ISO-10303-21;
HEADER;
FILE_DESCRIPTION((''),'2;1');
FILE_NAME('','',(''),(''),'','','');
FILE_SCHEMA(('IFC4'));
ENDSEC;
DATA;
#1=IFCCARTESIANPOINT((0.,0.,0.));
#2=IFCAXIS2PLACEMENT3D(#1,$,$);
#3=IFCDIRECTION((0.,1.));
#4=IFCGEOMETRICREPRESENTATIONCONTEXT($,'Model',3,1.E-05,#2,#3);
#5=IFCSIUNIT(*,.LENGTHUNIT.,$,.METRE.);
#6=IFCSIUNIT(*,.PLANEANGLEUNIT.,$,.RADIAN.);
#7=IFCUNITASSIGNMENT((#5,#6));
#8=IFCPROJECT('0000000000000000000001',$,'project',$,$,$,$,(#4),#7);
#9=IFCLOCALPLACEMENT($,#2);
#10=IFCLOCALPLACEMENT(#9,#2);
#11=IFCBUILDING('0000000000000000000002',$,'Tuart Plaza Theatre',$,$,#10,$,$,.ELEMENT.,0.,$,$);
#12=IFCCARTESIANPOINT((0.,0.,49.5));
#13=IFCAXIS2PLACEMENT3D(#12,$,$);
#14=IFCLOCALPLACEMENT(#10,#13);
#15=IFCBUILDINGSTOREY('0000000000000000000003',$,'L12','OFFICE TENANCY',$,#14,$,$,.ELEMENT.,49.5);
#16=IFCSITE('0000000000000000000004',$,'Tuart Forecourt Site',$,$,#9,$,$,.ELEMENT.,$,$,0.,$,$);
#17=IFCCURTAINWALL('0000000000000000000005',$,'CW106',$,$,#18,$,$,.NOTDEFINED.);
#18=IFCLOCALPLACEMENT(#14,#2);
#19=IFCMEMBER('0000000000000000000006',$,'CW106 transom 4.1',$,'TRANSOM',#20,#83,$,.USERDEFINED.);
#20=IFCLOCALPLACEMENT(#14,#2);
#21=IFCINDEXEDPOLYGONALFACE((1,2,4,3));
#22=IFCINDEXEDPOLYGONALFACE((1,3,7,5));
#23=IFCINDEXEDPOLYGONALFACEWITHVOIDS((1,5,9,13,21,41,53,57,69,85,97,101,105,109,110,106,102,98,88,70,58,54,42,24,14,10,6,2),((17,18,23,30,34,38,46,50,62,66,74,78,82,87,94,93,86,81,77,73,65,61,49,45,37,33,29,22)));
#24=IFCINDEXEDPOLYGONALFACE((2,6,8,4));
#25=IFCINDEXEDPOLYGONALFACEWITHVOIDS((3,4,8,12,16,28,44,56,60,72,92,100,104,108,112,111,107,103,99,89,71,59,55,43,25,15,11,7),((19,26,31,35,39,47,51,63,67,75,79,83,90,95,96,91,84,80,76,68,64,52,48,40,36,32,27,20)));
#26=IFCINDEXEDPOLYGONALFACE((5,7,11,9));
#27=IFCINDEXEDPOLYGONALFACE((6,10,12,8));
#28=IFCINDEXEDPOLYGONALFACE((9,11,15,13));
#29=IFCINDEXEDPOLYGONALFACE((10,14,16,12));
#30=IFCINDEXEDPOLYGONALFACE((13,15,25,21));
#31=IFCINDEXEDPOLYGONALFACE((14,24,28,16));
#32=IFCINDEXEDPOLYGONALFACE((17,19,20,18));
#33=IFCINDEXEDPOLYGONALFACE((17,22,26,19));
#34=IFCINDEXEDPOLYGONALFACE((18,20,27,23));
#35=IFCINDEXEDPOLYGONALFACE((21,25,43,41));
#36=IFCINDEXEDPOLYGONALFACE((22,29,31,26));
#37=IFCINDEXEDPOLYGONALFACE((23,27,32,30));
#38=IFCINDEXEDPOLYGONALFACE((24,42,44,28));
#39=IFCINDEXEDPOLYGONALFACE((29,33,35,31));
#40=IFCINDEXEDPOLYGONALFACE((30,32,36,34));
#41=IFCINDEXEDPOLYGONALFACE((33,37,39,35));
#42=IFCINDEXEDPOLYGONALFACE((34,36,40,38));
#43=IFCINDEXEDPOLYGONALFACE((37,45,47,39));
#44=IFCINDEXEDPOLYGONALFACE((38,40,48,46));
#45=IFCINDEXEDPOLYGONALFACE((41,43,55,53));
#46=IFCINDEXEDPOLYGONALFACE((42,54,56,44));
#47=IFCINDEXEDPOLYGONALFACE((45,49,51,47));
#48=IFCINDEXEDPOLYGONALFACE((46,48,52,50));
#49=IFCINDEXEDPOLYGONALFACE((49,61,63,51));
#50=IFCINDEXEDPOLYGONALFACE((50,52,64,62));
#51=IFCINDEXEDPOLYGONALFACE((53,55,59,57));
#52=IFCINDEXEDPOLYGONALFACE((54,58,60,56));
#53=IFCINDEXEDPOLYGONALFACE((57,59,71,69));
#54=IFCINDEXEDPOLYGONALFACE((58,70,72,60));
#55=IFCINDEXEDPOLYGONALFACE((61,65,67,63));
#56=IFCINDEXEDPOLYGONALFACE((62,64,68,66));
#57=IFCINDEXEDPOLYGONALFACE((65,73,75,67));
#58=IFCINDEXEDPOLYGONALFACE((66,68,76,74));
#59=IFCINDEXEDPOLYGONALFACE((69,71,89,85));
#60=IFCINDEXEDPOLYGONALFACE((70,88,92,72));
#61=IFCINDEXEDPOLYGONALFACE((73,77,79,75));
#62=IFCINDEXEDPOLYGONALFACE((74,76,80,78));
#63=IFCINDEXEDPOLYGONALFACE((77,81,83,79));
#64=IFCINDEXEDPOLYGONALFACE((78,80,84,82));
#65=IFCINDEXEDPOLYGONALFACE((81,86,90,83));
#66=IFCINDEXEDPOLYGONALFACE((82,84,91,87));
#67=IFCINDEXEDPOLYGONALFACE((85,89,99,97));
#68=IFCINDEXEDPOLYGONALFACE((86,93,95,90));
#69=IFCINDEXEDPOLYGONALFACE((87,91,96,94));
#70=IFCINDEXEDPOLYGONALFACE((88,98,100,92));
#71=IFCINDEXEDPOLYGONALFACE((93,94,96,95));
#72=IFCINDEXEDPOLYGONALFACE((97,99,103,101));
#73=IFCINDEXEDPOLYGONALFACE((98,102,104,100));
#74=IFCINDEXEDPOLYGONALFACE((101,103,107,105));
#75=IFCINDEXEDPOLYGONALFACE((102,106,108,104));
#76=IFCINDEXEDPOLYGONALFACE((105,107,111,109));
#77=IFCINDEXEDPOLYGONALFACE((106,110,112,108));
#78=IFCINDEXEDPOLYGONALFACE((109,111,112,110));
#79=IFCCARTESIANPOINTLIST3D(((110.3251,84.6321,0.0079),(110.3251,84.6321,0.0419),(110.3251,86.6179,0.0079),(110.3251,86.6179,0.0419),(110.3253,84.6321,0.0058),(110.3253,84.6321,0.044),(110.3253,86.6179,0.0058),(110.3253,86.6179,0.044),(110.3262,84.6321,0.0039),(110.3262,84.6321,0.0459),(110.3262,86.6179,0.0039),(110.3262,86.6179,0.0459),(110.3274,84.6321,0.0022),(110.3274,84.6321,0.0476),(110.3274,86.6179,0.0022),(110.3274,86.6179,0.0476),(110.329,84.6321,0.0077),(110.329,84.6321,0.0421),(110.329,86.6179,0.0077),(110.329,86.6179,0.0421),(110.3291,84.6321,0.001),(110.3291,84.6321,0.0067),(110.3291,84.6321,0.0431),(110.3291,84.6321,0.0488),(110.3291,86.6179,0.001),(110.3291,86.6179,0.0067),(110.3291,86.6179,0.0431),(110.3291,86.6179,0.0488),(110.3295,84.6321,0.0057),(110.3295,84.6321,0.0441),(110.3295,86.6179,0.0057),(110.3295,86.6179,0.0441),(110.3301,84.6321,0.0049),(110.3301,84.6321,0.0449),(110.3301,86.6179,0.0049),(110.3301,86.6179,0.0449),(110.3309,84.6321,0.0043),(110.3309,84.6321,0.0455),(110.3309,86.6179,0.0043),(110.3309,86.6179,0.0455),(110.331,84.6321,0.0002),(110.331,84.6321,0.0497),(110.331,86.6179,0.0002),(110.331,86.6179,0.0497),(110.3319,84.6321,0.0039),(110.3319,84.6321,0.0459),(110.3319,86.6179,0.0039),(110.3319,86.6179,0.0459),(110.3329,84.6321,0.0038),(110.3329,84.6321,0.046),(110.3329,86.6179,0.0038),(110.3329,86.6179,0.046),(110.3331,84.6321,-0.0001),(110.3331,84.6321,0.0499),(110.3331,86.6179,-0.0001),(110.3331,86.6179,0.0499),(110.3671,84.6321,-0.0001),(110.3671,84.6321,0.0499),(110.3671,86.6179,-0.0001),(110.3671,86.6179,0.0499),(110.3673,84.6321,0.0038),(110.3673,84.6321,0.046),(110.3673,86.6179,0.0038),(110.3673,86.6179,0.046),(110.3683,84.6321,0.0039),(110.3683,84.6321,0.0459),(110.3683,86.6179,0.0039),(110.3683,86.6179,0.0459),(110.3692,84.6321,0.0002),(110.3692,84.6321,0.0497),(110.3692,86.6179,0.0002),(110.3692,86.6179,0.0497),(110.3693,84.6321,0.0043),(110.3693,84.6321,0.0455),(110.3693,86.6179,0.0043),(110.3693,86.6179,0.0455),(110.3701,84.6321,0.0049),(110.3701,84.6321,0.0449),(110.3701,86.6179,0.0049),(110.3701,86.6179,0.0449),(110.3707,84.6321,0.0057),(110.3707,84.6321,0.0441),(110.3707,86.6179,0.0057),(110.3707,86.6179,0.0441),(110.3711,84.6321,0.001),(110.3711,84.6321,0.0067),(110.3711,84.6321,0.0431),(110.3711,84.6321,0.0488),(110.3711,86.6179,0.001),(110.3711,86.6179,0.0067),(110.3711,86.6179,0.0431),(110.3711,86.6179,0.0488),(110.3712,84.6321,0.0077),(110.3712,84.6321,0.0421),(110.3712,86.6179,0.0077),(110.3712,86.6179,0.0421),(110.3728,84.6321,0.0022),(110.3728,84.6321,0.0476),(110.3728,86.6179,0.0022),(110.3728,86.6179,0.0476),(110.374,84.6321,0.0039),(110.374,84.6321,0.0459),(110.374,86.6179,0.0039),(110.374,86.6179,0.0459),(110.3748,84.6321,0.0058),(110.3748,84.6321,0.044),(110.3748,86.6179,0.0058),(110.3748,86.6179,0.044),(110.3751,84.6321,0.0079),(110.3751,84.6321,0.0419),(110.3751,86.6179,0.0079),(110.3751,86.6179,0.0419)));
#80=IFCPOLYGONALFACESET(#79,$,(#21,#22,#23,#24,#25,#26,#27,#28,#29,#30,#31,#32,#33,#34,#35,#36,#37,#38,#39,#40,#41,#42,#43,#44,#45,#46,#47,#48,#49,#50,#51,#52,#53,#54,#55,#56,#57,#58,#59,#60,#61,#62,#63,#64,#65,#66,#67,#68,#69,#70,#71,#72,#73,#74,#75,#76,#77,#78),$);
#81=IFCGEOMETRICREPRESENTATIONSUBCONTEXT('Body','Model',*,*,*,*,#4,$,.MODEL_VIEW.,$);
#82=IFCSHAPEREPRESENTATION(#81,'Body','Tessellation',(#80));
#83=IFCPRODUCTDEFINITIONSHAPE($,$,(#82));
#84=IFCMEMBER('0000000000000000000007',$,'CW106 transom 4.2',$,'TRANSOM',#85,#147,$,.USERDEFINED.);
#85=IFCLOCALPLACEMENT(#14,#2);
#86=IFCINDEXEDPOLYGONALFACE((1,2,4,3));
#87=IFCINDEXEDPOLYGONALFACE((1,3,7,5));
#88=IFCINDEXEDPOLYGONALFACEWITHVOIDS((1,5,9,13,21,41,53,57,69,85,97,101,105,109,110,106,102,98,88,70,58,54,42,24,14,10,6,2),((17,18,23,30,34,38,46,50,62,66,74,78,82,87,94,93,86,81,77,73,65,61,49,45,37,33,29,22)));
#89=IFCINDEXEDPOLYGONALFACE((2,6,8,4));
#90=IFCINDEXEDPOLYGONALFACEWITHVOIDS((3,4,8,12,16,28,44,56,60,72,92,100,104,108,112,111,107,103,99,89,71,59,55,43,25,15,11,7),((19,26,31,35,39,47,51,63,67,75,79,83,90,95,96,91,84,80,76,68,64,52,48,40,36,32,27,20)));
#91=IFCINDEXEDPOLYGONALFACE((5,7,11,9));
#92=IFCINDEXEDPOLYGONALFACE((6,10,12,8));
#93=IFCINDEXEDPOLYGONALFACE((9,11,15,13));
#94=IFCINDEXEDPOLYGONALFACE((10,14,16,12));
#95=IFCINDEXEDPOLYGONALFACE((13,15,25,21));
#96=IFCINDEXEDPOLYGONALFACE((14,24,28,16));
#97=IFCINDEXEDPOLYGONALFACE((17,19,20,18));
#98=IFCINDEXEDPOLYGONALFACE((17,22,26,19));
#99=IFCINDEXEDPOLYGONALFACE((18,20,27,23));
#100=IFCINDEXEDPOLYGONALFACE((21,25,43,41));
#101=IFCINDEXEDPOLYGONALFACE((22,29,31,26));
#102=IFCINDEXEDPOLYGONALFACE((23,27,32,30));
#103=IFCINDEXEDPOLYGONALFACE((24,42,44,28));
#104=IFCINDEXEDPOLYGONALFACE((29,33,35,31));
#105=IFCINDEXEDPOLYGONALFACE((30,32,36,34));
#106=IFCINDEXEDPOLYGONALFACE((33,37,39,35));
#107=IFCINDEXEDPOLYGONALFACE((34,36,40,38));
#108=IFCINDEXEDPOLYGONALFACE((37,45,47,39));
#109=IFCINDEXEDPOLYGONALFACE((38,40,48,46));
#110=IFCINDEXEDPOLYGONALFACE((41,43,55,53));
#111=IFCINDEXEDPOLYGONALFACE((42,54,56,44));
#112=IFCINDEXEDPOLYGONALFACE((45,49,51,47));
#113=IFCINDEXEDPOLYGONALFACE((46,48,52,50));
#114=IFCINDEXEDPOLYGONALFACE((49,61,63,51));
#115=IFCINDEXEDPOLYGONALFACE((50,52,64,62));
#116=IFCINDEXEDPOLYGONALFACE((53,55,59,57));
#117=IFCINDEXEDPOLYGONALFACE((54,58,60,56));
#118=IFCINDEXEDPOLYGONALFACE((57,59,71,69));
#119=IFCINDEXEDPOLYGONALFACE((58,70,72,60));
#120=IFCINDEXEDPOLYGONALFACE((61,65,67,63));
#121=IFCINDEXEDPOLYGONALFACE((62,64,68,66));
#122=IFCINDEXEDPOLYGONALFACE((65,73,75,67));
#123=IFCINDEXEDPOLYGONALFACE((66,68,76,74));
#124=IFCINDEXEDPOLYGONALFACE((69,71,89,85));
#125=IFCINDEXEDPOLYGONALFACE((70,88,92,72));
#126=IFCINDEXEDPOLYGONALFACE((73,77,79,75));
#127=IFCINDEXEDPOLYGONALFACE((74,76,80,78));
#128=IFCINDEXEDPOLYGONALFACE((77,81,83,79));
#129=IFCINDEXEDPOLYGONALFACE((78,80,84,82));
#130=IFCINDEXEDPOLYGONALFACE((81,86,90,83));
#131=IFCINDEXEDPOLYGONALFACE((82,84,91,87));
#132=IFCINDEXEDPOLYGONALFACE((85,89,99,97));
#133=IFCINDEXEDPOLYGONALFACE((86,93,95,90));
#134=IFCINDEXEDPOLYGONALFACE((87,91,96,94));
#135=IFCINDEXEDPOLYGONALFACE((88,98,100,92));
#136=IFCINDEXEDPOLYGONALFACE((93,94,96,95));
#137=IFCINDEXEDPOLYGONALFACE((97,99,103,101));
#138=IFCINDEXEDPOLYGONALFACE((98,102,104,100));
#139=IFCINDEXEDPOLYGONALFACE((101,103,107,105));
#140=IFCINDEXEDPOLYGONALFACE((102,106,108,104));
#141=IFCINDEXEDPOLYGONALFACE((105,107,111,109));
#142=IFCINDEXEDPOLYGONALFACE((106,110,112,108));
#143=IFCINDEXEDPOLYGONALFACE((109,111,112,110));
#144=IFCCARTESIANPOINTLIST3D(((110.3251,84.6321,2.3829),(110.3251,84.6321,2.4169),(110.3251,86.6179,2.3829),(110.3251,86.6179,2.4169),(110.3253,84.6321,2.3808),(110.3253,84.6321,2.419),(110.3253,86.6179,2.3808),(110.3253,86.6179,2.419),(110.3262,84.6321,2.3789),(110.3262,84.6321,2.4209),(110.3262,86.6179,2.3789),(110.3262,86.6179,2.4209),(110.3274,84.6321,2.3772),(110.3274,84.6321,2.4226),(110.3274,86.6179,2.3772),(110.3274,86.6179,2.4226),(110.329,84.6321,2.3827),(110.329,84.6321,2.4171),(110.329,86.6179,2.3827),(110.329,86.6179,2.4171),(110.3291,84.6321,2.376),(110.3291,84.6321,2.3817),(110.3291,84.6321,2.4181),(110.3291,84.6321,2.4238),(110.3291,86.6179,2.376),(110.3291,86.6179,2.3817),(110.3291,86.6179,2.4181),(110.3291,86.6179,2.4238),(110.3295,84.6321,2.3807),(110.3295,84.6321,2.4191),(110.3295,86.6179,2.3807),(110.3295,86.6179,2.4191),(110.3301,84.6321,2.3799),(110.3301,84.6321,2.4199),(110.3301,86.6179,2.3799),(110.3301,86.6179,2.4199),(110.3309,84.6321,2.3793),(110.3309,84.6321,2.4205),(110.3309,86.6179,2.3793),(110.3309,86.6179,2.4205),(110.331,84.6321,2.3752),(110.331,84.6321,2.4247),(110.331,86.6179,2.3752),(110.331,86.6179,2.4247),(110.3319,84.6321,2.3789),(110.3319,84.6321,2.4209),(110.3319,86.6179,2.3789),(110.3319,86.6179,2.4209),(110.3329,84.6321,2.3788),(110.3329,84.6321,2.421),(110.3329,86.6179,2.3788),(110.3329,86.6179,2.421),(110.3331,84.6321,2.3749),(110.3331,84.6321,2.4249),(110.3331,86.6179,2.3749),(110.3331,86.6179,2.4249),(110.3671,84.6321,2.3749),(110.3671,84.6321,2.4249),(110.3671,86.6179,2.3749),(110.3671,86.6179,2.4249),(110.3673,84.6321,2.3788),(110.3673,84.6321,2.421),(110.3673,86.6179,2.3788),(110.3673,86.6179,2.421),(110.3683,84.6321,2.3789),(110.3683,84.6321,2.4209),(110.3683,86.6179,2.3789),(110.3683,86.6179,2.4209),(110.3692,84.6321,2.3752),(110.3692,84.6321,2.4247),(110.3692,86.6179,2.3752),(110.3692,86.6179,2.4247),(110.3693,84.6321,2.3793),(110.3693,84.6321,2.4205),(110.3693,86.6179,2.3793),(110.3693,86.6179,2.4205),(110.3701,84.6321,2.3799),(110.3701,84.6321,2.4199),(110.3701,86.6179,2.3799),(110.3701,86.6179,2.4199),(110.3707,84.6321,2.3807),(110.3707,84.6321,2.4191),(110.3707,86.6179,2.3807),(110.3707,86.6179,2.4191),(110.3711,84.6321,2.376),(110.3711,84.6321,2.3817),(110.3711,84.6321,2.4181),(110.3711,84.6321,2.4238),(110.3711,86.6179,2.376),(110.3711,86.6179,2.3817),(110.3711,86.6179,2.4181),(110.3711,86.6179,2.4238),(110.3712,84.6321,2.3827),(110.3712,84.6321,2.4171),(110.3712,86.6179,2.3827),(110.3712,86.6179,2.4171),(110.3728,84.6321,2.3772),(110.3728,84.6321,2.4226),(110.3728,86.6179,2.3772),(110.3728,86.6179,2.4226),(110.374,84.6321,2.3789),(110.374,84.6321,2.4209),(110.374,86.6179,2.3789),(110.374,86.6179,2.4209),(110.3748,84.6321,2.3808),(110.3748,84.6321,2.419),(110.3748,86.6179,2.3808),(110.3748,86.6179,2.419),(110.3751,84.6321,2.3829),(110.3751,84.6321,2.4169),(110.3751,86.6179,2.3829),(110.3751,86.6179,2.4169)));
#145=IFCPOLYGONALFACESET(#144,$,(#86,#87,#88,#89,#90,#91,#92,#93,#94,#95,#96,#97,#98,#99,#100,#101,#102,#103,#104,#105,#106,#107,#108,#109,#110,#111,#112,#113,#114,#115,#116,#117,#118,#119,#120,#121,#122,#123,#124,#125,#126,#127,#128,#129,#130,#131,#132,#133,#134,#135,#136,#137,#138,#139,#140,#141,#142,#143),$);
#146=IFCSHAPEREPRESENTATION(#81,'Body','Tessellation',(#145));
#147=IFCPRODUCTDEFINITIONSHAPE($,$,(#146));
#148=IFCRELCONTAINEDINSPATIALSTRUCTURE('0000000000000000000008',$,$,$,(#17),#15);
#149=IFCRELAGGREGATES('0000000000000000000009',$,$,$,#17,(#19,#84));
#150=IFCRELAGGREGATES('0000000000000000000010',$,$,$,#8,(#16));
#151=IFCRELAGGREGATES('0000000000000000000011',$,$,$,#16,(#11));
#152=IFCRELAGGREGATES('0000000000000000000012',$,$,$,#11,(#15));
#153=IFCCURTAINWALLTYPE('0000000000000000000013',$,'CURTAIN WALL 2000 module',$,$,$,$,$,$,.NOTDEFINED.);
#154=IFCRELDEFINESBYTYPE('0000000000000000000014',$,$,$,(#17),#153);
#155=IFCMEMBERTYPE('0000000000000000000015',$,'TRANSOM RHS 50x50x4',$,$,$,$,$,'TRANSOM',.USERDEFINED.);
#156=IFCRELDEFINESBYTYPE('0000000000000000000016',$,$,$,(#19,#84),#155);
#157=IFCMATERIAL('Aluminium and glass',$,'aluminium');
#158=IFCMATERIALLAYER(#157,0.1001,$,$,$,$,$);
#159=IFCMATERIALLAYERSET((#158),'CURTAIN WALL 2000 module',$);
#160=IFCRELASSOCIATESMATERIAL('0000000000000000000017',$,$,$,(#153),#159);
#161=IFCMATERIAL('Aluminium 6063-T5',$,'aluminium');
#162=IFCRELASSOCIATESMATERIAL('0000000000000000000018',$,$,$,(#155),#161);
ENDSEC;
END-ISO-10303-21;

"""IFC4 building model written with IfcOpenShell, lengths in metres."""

from ifc_helpers import new_model, si_unit, direction, frame, origin, origin_2d, place, context, subcontext, project, spatial, hollow_rectangle, extrude, material, layer, layer_set, material_profile, profile_set, type_object, element, aggregate, save


model = new_model("IFC4")

# Units and contexts
model_context = context("Model", 3, precision=1e-05, world=origin(), true_north=direction((0.0, 1.0)))
body_context = subcontext(model_context, "Body", "Model", "MODEL_VIEW")
ifc_project = project(units=[si_unit("LENGTHUNIT", "METRE"), si_unit("PLANEANGLEUNIT", "RADIAN")], contexts=[model_context])

# Site, building, storey
site_placement = place(None, origin())
site = spatial("IfcSite", under=ifc_project, at=site_placement, Name="Tuart Forecourt Site", CompositionType="ELEMENT", RefElevation=0.0)
building_placement = place(site_placement, origin())
building = spatial("IfcBuilding", under=site, at=building_placement, Name="Tuart Plaza Theatre", CompositionType="ELEMENT", ElevationOfRefHeight=0.0)
storey_placement = place(building_placement, frame((0.0, 0.0, 49.5)))
storey = spatial("IfcBuildingStorey", under=building, at=storey_placement, Name="L12", Description="OFFICE TENANCY", CompositionType="ELEMENT", Elevation=49.5)

# Curtain wall, members
ifc_material_1 = material(Name="Aluminium and glass", Category="aluminium")
ifc_layer_1 = layer(ifc_material_1, 0.1001)
ifc_layer_set_1 = layer_set([ifc_layer_1], Name="CURTAIN WALL 2000 module")
curtain_wall_type = type_object("IfcCurtainWallType", Name="CURTAIN WALL 2000 module", PredefinedType="NOTDEFINED", material=ifc_layer_set_1)
curtain_wall_placement = place(storey_placement, origin())
curtain_wall = element("IfcCurtainWall", 1, at=curtain_wall_placement, inside=storey, type_object=curtain_wall_type, Name="CW106", PredefinedType="NOTDEFINED")
ifc_material_2 = material(Name="Aluminium 6063-T5", Category="aluminium")
ifc_material_profile_1 = material_profile(ifc_material_2, hollow_rectangle(XDim=0.05, YDim=0.05, WallThickness=0.0039, InnerFilletRadius=0.0039, OuterFilletRadius=0.0081, at=origin_2d()), Name="RHS 50x50x4")
ifc_profile_set_1 = profile_set([ifc_material_profile_1], Name="Aluminium 6063-T5")
member_type_1 = type_object("IfcMemberType", Name="TRANSOM RHS 50x50x4", ElementType="TRANSOM", PredefinedType="USERDEFINED", material=ifc_profile_set_1)
member_1_placement = place(storey_placement, frame((110.3501, 86.6179, 0.0249), z_axis=(0.0, -1.0, 0.0), x_axis=(1.0, 0.0, 0.0)))
member_1 = element("IfcMember", 2, at=member_1_placement, type_object=member_type_1, Name="CW106 transom 4.1", ObjectType="TRANSOM", PredefinedType="USERDEFINED", context=body_context, shape_type="SweptSolid", body=[
    extrude(hollow_rectangle(XDim=0.05, YDim=0.05, WallThickness=0.0039, InnerFilletRadius=0.0039, OuterFilletRadius=0.0081, at=origin_2d()), origin(), (0.0, 0.0, 1.0), 1.9858),
])
member_2_placement = place(storey_placement, frame((110.3501, 86.6179, 2.3999), z_axis=(0.0, -1.0, 0.0), x_axis=(1.0, 0.0, 0.0)))
member_2 = element("IfcMember", 3, at=member_2_placement, type_object=member_type_1, Name="CW106 transom 4.2", ObjectType="TRANSOM", PredefinedType="USERDEFINED", context=body_context, shape_type="SweptSolid", body=[
    extrude(hollow_rectangle(XDim=0.05, YDim=0.05, WallThickness=0.0039, InnerFilletRadius=0.0039, OuterFilletRadius=0.0081, at=origin_2d()), origin(), (0.0, 0.0, 1.0), 1.9858),
])
aggregate(curtain_wall, [member_1, member_2])

save(model, "model.ifc")
